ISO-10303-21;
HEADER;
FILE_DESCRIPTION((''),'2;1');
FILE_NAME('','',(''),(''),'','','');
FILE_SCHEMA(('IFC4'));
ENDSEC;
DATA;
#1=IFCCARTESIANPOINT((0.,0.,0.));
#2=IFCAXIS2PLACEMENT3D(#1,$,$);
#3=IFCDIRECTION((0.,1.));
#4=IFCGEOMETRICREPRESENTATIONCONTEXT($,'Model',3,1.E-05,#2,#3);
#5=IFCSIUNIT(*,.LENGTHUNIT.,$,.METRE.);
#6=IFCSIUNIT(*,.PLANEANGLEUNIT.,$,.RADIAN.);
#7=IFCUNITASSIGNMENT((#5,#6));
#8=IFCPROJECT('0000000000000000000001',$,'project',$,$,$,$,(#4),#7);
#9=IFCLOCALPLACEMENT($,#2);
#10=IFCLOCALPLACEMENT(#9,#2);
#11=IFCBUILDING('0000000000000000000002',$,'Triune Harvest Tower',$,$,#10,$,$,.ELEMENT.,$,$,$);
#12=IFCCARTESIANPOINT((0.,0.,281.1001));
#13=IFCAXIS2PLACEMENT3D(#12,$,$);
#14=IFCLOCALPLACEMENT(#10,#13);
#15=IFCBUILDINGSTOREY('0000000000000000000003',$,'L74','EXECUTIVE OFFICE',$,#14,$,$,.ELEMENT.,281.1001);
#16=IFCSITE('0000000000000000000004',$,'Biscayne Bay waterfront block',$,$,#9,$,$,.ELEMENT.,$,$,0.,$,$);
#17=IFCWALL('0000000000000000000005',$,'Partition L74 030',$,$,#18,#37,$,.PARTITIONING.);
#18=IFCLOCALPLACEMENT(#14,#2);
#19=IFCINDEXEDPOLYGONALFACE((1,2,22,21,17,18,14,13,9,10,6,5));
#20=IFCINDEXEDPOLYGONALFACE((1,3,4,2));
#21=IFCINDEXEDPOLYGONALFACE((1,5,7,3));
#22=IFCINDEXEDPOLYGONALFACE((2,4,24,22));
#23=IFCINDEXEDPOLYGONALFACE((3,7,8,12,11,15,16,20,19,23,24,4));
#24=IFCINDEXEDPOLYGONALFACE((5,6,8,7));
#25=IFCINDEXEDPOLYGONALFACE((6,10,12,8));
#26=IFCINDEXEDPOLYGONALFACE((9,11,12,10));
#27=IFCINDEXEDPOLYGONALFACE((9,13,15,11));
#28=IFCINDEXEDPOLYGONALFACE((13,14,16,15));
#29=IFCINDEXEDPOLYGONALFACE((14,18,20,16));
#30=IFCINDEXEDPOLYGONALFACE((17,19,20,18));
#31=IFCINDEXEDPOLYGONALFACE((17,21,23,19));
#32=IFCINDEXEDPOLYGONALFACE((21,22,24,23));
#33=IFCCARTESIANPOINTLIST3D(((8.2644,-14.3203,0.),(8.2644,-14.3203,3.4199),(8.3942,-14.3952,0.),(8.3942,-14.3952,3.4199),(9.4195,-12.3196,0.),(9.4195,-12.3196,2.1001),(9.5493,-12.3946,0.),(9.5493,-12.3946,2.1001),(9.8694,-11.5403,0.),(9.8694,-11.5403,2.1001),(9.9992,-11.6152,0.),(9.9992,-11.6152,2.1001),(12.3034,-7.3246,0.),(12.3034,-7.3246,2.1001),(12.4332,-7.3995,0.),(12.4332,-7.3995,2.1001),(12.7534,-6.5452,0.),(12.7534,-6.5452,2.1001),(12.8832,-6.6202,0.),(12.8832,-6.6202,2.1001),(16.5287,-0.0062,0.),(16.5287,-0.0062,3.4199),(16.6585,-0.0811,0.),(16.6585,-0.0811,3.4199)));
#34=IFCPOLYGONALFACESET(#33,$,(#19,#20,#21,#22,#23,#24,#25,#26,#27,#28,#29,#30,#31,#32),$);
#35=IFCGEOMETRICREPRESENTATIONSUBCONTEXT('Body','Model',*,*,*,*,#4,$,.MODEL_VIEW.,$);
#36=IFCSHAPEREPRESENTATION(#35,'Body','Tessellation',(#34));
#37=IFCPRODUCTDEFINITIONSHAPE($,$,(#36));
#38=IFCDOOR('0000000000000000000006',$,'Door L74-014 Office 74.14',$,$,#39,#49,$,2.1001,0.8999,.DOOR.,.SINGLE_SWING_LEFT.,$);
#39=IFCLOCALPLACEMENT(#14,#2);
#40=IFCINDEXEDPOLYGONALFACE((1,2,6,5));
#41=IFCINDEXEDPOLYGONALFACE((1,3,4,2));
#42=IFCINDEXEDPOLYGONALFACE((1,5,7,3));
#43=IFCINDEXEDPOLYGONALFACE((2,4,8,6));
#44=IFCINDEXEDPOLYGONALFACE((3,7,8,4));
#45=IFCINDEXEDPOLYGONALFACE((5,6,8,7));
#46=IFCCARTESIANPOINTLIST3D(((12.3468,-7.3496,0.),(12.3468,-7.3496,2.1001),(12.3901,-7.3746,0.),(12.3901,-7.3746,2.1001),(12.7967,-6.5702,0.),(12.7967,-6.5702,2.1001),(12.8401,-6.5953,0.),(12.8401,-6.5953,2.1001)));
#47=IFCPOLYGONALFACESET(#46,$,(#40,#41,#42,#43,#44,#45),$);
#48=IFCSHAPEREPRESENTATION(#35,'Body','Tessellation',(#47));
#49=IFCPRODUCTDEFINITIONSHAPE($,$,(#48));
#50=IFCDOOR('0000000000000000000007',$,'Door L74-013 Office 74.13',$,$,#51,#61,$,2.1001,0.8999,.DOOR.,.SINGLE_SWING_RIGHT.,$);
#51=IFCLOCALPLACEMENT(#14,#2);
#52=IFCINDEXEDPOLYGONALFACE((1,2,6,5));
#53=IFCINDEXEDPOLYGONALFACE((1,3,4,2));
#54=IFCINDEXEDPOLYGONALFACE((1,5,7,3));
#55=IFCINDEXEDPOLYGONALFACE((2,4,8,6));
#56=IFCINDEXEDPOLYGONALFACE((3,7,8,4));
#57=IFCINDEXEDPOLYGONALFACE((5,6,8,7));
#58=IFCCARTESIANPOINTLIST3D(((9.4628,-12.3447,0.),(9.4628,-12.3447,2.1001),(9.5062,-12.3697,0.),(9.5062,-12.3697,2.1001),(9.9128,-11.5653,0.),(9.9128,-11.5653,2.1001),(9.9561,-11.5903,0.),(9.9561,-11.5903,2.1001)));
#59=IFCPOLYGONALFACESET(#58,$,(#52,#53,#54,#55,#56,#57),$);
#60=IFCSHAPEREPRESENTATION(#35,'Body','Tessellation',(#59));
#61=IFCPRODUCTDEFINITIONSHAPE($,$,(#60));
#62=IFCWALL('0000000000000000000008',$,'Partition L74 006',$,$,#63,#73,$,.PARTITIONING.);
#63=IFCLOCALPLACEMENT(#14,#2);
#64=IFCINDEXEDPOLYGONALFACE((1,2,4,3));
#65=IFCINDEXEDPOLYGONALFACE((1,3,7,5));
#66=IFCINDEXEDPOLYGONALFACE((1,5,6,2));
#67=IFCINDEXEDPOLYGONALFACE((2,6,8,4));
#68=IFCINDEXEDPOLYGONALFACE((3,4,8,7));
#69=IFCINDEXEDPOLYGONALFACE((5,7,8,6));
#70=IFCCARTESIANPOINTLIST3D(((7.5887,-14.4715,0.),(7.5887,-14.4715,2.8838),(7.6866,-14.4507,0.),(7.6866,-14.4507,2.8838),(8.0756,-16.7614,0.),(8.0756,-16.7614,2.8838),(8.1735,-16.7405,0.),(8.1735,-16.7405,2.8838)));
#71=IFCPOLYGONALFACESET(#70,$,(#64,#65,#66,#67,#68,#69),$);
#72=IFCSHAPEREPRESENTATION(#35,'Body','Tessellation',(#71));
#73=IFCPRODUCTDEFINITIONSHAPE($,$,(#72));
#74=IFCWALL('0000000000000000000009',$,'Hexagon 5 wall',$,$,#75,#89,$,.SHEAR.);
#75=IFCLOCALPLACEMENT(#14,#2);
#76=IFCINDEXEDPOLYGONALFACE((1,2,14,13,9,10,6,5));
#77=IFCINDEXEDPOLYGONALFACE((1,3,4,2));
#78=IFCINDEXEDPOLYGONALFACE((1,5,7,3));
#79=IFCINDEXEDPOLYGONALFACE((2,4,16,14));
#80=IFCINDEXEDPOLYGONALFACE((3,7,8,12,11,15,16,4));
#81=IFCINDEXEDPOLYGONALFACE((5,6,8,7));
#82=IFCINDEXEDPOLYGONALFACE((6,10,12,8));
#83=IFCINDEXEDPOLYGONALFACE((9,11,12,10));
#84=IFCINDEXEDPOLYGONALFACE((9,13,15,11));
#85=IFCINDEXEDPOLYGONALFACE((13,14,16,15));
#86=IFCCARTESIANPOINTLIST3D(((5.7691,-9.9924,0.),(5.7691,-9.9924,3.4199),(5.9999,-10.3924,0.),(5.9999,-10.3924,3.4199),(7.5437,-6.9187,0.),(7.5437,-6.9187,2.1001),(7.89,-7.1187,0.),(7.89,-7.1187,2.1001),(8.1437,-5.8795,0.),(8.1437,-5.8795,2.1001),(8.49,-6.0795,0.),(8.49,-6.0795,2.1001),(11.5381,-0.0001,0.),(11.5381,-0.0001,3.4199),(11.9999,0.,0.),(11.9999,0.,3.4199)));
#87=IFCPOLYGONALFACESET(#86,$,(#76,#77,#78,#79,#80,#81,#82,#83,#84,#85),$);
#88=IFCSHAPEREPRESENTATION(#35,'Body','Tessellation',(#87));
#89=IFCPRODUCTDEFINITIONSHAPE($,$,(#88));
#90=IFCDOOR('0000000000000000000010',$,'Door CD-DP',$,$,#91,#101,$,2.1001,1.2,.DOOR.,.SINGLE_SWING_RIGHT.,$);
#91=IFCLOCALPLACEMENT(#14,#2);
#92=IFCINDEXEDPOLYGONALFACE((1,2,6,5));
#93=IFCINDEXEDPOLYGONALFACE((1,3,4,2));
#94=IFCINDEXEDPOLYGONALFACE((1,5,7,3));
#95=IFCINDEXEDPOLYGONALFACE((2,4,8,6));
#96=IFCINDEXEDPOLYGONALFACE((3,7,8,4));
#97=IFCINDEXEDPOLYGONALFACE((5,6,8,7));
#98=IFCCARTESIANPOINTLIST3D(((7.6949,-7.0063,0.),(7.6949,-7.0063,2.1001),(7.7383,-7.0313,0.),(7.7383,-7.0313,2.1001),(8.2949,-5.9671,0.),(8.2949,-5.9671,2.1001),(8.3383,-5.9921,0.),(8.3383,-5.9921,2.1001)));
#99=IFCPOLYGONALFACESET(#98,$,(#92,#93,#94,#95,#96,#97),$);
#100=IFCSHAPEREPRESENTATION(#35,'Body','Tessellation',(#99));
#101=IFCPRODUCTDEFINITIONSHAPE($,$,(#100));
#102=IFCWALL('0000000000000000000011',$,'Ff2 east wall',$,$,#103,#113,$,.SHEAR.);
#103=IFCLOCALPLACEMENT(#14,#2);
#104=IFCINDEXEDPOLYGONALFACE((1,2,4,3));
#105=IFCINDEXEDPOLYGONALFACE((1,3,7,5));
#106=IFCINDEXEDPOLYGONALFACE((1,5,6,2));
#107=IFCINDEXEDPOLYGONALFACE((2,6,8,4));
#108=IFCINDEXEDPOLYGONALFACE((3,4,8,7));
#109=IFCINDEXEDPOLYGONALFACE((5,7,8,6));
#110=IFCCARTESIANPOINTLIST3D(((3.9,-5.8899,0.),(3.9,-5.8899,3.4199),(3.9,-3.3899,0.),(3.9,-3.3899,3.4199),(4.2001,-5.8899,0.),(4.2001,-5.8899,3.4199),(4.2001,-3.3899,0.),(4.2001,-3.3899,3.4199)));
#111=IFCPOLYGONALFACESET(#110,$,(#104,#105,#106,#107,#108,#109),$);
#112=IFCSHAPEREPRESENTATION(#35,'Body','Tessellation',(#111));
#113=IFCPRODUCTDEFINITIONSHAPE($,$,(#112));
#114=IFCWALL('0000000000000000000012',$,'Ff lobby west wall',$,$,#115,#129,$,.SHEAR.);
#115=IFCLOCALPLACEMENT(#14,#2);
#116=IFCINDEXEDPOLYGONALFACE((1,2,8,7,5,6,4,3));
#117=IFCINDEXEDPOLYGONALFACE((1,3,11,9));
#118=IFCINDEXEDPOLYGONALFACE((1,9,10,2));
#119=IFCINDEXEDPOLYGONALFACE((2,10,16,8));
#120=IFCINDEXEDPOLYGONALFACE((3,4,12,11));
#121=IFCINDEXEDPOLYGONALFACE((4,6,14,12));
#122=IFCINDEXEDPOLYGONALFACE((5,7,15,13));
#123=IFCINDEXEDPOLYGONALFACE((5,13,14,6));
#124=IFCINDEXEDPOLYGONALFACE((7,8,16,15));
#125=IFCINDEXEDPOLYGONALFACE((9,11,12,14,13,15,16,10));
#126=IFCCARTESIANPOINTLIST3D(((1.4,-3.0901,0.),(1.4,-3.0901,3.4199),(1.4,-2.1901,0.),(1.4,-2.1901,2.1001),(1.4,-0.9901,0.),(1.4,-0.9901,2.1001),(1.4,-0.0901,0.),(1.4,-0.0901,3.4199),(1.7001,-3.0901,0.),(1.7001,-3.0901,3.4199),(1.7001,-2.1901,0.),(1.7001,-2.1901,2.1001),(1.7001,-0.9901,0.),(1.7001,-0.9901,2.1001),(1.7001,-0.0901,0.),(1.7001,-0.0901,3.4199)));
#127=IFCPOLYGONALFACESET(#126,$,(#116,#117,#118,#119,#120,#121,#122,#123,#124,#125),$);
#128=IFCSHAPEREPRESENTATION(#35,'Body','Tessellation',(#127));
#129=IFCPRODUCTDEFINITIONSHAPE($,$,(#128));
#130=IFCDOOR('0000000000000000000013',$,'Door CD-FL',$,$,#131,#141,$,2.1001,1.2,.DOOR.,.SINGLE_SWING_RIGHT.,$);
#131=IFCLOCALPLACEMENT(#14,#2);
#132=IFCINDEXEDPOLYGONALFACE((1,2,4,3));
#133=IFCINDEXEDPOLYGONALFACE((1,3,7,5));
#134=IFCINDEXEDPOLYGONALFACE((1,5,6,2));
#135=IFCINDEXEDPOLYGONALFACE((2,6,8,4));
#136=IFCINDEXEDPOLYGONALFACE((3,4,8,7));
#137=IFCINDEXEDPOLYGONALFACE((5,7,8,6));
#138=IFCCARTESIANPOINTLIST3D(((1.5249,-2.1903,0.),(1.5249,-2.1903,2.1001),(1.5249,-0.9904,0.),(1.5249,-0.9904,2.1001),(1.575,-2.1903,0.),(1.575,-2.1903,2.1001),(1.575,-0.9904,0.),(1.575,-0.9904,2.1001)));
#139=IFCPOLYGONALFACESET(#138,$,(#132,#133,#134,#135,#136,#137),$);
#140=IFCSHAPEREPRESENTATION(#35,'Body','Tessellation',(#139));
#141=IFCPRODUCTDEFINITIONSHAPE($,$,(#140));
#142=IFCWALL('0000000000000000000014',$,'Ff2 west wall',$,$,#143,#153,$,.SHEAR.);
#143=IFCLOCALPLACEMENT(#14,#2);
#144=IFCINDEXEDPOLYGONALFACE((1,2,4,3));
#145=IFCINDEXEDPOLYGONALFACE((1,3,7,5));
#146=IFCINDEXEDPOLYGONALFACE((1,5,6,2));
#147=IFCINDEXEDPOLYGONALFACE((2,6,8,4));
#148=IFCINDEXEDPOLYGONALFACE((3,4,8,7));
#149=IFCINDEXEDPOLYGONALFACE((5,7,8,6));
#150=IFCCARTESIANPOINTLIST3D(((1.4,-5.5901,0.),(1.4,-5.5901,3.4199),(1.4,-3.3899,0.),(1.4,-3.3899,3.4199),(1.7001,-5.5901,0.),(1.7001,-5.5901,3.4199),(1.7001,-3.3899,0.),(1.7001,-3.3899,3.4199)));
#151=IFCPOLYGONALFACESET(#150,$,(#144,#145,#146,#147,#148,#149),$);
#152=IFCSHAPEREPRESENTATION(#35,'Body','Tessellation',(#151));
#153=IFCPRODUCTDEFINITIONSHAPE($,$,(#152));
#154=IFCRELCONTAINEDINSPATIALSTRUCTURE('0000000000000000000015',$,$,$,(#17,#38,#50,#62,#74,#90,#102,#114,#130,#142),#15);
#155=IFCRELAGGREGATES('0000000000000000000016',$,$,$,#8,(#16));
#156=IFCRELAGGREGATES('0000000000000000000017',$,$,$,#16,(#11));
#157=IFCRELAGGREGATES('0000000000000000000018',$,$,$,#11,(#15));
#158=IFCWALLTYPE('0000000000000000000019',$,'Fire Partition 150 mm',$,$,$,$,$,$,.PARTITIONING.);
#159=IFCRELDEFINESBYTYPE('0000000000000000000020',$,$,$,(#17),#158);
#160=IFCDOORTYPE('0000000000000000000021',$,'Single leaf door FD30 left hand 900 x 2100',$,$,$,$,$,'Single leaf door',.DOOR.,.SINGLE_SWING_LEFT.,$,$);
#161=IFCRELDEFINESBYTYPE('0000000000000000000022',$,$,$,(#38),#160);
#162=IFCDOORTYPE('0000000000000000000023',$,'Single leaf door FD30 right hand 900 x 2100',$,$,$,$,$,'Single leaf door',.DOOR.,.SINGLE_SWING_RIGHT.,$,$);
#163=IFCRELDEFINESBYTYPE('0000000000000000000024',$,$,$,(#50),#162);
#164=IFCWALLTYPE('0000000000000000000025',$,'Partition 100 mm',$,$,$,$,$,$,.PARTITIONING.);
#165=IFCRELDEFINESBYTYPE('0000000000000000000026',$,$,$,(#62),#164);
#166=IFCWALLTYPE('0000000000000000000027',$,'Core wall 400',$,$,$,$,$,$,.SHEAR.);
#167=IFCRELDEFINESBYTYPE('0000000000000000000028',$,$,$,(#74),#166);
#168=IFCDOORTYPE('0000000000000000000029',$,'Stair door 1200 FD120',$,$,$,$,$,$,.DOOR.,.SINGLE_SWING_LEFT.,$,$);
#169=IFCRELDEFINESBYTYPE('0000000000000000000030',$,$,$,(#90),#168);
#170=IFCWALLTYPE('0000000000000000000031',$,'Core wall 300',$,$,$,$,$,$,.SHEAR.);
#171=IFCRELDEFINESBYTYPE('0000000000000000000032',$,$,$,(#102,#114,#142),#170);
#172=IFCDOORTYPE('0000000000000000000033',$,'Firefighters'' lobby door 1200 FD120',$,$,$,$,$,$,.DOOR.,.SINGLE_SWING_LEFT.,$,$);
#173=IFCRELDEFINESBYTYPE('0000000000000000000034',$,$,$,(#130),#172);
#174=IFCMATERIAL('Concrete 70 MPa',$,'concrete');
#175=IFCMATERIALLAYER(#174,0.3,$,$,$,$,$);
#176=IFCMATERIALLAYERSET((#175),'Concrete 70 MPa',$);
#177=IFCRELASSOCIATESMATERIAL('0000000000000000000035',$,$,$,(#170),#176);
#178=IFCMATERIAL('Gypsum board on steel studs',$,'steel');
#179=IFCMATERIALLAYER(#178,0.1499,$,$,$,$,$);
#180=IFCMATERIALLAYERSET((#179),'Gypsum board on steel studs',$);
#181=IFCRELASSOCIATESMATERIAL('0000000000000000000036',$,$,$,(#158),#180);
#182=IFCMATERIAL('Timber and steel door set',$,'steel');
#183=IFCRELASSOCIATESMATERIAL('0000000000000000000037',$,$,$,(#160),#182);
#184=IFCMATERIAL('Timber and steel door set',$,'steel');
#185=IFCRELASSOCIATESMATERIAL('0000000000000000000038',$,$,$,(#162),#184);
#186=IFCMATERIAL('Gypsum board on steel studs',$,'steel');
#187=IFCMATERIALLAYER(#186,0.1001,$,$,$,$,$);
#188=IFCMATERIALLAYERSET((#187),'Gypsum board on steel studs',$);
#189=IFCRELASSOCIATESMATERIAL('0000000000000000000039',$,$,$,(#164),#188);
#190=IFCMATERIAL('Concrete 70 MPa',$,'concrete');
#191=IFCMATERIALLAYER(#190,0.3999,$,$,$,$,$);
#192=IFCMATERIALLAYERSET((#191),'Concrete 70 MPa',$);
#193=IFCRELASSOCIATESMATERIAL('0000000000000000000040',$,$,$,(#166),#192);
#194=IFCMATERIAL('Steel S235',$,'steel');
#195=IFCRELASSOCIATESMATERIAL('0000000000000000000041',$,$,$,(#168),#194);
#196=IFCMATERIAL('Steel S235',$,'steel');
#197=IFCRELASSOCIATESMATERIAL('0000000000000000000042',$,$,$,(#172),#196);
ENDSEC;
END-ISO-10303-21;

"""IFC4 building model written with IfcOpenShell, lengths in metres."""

from ifc_helpers import new_model, si_unit, direction, frame, frame_2d, origin, place, context, subcontext, project, spatial, polyline, rectangle, outline, extrude, source, transform, mapped, material, layer, layer_set, type_object, element, fill, save


model = new_model("IFC4")

# Units and contexts
model_context = context("Model", 3, precision=1e-05, world=origin(), true_north=direction((0.0, 1.0)))
body_context = subcontext(model_context, "Body", "Model", "MODEL_VIEW")
ifc_project = project(units=[si_unit("LENGTHUNIT", "METRE"), si_unit("PLANEANGLEUNIT", "RADIAN")], contexts=[model_context])

# Site, building, storey
site_placement = place(None, origin())
site = spatial("IfcSite", under=ifc_project, at=site_placement, Name="Biscayne Bay waterfront block", CompositionType="ELEMENT", RefElevation=0.0)
building_placement = place(site_placement, origin())
building = spatial("IfcBuilding", under=site, at=building_placement, Name="Triune Harvest Tower", CompositionType="ELEMENT")
storey_placement = place(building_placement, frame((0.0, 0.0, 281.1001)))
storey = spatial("IfcBuildingStorey", under=building, at=storey_placement, Name="L74", Description="EXECUTIVE OFFICE", CompositionType="ELEMENT", Elevation=281.1001)

# Shared definitions
ifc_material_1 = material(Name="Concrete 70 MPa", Category="concrete")
ifc_layer_1 = layer(ifc_material_1, 0.3)
ifc_layer_set_1 = layer_set([ifc_layer_1], Name="Concrete 70 MPa")
wall_type_1 = type_object("IfcWallType", Name="Core wall 300", PredefinedType="SHEAR", material=ifc_layer_set_1)

# Wall, openings, doors
ifc_material_2 = material(Name="Gypsum board on steel studs", Category="steel")
ifc_layer_2 = layer(ifc_material_2, 0.1499)
ifc_layer_set_2 = layer_set([ifc_layer_2], Name="Gypsum board on steel studs")
wall_type_2 = type_object("IfcWallType", Name="Fire Partition 150 mm", PredefinedType="PARTITIONING", material=ifc_layer_set_2)
wall_1_placement = place(storey_placement, frame((8.3293, -14.3577, 0.0), z_axis=(0.0, 0.0, 1.0), x_axis=(0.500004, 0.866023, 0.0)))
wall_1 = element("IfcWall", 1, at=wall_1_placement, inside=storey, type_object=wall_type_2, Name="Partition L74 030", PredefinedType="PARTITIONING", context=body_context, shape_type="SweptSolid", body=[
    extrude(rectangle(XDim=16.5286, YDim=0.1499, at=frame_2d((8.2642, 0.0))), origin(), (0.0, 0.0, 1.0), 3.4199),
])
opening_1_placement = place(wall_1_placement, frame((2.3101, 0.0, 0.0)))
opening_1 = element("IfcOpeningElement", 2, at=opening_1_placement, cuts=wall_1, PredefinedType="OPENING", context=body_context, shape_type="SweptSolid", body=[
    extrude(rectangle(XDim=0.8999, YDim=2.1001, at=frame_2d((0.45, 1.05))), frame((0.0, 0.085, 0.0), z_axis=(0.0, -1.0, 0.0), x_axis=(1.0, 0.0, 0.0)), (0.0, 0.0, 1.0), 0.1699),
])
opening_2_placement = place(wall_1_placement, frame((8.0779, 0.0, 0.0)))
opening_2 = element("IfcOpeningElement", 3, at=opening_2_placement, cuts=wall_1, PredefinedType="OPENING", context=body_context, shape_type="SweptSolid", body=[
    extrude(rectangle(XDim=0.8999, YDim=2.1001, at=frame_2d((0.45, 1.05))), frame((0.0, 0.085, 0.0), z_axis=(0.0, -1.0, 0.0), x_axis=(1.0, 0.0, 0.0)), (0.0, 0.0, 1.0), 0.1699),
])
ifc_material_3 = material(Name="Timber and steel door set", Category="steel")
door_type_1 = type_object("IfcDoorType", Name="Single leaf door FD30 left hand 900 x 2100", ElementType="Single leaf door", OperationType="SINGLE_SWING_LEFT", PredefinedType="DOOR", material=ifc_material_3)
door_1_placement = place(opening_2_placement, origin())
door_1 = element("IfcDoor", 4, at=door_1_placement, inside=storey, type_object=door_type_1, Name="Door L74-014 Office 74.14", OperationType="SINGLE_SWING_LEFT", OverallHeight=2.1001, OverallWidth=0.8999, PredefinedType="DOOR", context=body_context, shape_type="SweptSolid", body=[
    extrude(rectangle(XDim=0.8999, YDim=2.1001, at=frame_2d((0.45, 1.05))), frame((0.0, 0.0249, 0.0), z_axis=(0.0, -1.0, 0.0), x_axis=(1.0, 0.0, 0.0)), (0.0, 0.0, 1.0), 0.05),
])
fill(opening_2, door_1)
ifc_material_4 = material(Name="Timber and steel door set", Category="steel")
door_type_2 = type_object("IfcDoorType", Name="Single leaf door FD30 right hand 900 x 2100", ElementType="Single leaf door", OperationType="SINGLE_SWING_RIGHT", PredefinedType="DOOR", material=ifc_material_4)
door_2_placement = place(opening_1_placement, origin())
door_2 = element("IfcDoor", 5, at=door_2_placement, inside=storey, type_object=door_type_2, Name="Door L74-013 Office 74.13", OperationType="SINGLE_SWING_RIGHT", OverallHeight=2.1001, OverallWidth=0.8999, PredefinedType="DOOR", context=body_context, shape_type="SweptSolid", body=[
    extrude(rectangle(XDim=0.8999, YDim=2.1001, at=frame_2d((0.45, 1.05))), frame((0.0, 0.0249, 0.0), z_axis=(0.0, -1.0, 0.0), x_axis=(1.0, 0.0, 0.0)), (0.0, 0.0, 1.0), 0.05),
])
fill(opening_1, door_2)

# Wall
ifc_material_5 = material(Name="Gypsum board on steel studs", Category="steel")
ifc_layer_3 = layer(ifc_material_5, 0.1001)
ifc_layer_set_3 = layer_set([ifc_layer_3], Name="Gypsum board on steel studs")
wall_type_3 = type_object("IfcWallType", Name="Partition 100 mm", PredefinedType="PARTITIONING", material=ifc_layer_set_3)
wall_2_placement = place(storey_placement, frame((7.6377, -14.4612, 0.0), z_axis=(0.0, 0.0, 1.0), x_axis=(0.207955, -0.978138, 0.0)))
element("IfcWall", 6, at=wall_2_placement, inside=storey, type_object=wall_type_3, Name="Partition L74 006", PredefinedType="PARTITIONING", context=body_context, shape_type="SweptSolid", body=[
    extrude(rectangle(XDim=2.3411, YDim=0.1001, at=frame_2d((1.1704, 0.0))), origin(), (0.0, 0.0, 1.0), 2.8838),
])

# Wall, opening, door
ifc_material_6 = material(Name="Concrete 70 MPa", Category="concrete")
ifc_layer_4 = layer(ifc_material_6, 0.3999)
ifc_layer_set_4 = layer_set([ifc_layer_4], Name="Concrete 70 MPa")
wall_type_4 = type_object("IfcWallType", Name="Core wall 400", PredefinedType="SHEAR", material=ifc_layer_set_4)
shared_shape_1 = source(origin(), body_context, "Body", "SweptSolid", [
    extrude(outline(polyline([(-0.1155, -0.2), (11.8845, -0.2), (11.6536, 0.2), (0.1155, 0.2), (-0.1155, -0.2)])), origin(), (0.0, 0.0, 1.0), 3.4199),
])
wall_3_placement = place(storey_placement, frame((5.8845, -10.1924, 0.0), z_axis=(0.0, 0.0, 1.0), x_axis=(0.499997, 0.866027, 0.0)))
wall_3 = element("IfcWall", 7, at=wall_3_placement, inside=storey, type_object=wall_type_4, Name="Hexagon 5 wall", PredefinedType="SHEAR", context=body_context, shape_type="MappedRepresentation", body=[
    mapped(shared_shape_1, transform((0.0, 0.0, 0.0), scale=1.0)),
])
opening_3_placement = place(wall_3_placement, frame((3.6646, 0.0, 0.0)))
opening_3 = element("IfcOpeningElement", 8, at=opening_3_placement, cuts=wall_3, PredefinedType="OPENING", context=body_context, shape_type="SweptSolid", body=[
    extrude(rectangle(XDim=1.2, YDim=2.1001, at=frame_2d((0.6001, 1.05))), frame((0.0, 0.21, 0.0), z_axis=(0.0, -1.0, 0.0), x_axis=(1.0, 0.0, 0.0)), (0.0, 0.0, 1.0), 0.4199),
])
ifc_material_7 = material(Name="Steel S235", Category="steel")
door_type_3 = type_object("IfcDoorType", Name="Stair door 1200 FD120", OperationType="SINGLE_SWING_LEFT", PredefinedType="DOOR", material=ifc_material_7)
door_3_placement = place(opening_3_placement, frame((1.2, 0.0, 0.0), z_axis=(0.0, 0.0, 1.0), x_axis=(-1.0, 0.0, 0.0)))
door_3 = element("IfcDoor", 9, at=door_3_placement, inside=storey, type_object=door_type_3, Name="Door CD-DP", OperationType="SINGLE_SWING_RIGHT", OverallHeight=2.1001, OverallWidth=1.2, PredefinedType="DOOR", context=body_context, shape_type="SweptSolid", body=[
    extrude(rectangle(XDim=1.2, YDim=2.1001, at=frame_2d((0.6001, 1.05))), frame((0.0, 0.0249, 0.0), z_axis=(0.0, -1.0, 0.0), x_axis=(1.0, 0.0, 0.0)), (0.0, 0.0, 1.0), 0.05),
])
fill(opening_3, door_3)

# Wall
shared_shape_2 = source(origin(), body_context, "Body", "SweptSolid", [
    extrude(rectangle(XDim=2.5, YDim=0.3, at=frame_2d((1.25, 0.0))), origin(), (0.0, 0.0, 1.0), 3.4199),
])
wall_4_placement = place(storey_placement, frame((4.05, -5.8899, 0.0), z_axis=(0.0, 0.0, 1.0), x_axis=(0.0, 1.0, 0.0)))
element("IfcWall", 10, at=wall_4_placement, inside=storey, type_object=wall_type_1, Name="Ff2 east wall", PredefinedType="SHEAR", context=body_context, shape_type="MappedRepresentation", body=[
    mapped(shared_shape_2, transform((0.0, 0.0, 0.0), scale=1.0)),
])

# Wall, opening, door
shared_shape_3 = source(origin(), body_context, "Body", "SweptSolid", [
    extrude(rectangle(XDim=3.0, YDim=0.3, at=frame_2d((1.5, 0.0))), origin(), (0.0, 0.0, 1.0), 3.4199),
])
wall_5_placement = place(storey_placement, frame((1.55, -3.0901, 0.0), z_axis=(0.0, 0.0, 1.0), x_axis=(0.0, 1.0, 0.0)))
wall_5 = element("IfcWall", 11, at=wall_5_placement, inside=storey, type_object=wall_type_1, Name="Ff lobby west wall", PredefinedType="SHEAR", context=body_context, shape_type="MappedRepresentation", body=[
    mapped(shared_shape_3, transform((0.0, 0.0, 0.0), scale=1.0)),
])
opening_4_placement = place(wall_5_placement, frame((0.8999, 0.0, 0.0)))
opening_4 = element("IfcOpeningElement", 12, at=opening_4_placement, cuts=wall_5, PredefinedType="OPENING", context=body_context, shape_type="SweptSolid", body=[
    extrude(rectangle(XDim=1.2, YDim=2.1001, at=frame_2d((0.6001, 1.05))), frame((0.0, 0.1602, 0.0), z_axis=(0.0, -1.0, 0.0), x_axis=(1.0, 0.0, 0.0)), (0.0, 0.0, 1.0), 0.3201),
])
ifc_material_8 = material(Name="Steel S235", Category="steel")
door_type_4 = type_object("IfcDoorType", Name="Firefighters' lobby door 1200 FD120", OperationType="SINGLE_SWING_LEFT", PredefinedType="DOOR", material=ifc_material_8)
door_4_placement = place(opening_4_placement, frame((1.2, 0.0, 0.0), z_axis=(0.0, 0.0, 1.0), x_axis=(-1.0, 0.0, 0.0)))
door_4 = element("IfcDoor", 13, at=door_4_placement, inside=storey, type_object=door_type_4, Name="Door CD-FL", OperationType="SINGLE_SWING_RIGHT", OverallHeight=2.1001, OverallWidth=1.2, PredefinedType="DOOR", context=body_context, shape_type="SweptSolid", body=[
    extrude(rectangle(XDim=1.2, YDim=2.1001, at=frame_2d((0.6001, 1.05))), frame((0.0, 0.0249, 0.0), z_axis=(0.0, -1.0, 0.0), x_axis=(1.0, 0.0, 0.0)), (0.0, 0.0, 1.0), 0.05),
])
fill(opening_4, door_4)

# Wall
shared_shape_4 = source(origin(), body_context, "Body", "SweptSolid", [
    extrude(rectangle(XDim=2.2002, YDim=0.3, at=frame_2d((1.1001, 0.0))), origin(), (0.0, 0.0, 1.0), 3.4199),
])
for number, where, z_axis, x_axis, name in (
    (14, (1.55, -5.5901, 0.0), (0.0, 0.0, 1.0), (0.0, 1.0, 0.0), "Ff2 west wall"),
):
    element("IfcWall", number, at=place(storey_placement, frame(where, z_axis=z_axis, x_axis=x_axis)), inside=storey, type_object=wall_type_1, Name=name, PredefinedType="SHEAR", context=body_context, shape_type="MappedRepresentation", body=[
        mapped(shared_shape_4, transform((0.0, 0.0, 0.0), scale=1.0)),
    ])

save(model, "model.ifc")
